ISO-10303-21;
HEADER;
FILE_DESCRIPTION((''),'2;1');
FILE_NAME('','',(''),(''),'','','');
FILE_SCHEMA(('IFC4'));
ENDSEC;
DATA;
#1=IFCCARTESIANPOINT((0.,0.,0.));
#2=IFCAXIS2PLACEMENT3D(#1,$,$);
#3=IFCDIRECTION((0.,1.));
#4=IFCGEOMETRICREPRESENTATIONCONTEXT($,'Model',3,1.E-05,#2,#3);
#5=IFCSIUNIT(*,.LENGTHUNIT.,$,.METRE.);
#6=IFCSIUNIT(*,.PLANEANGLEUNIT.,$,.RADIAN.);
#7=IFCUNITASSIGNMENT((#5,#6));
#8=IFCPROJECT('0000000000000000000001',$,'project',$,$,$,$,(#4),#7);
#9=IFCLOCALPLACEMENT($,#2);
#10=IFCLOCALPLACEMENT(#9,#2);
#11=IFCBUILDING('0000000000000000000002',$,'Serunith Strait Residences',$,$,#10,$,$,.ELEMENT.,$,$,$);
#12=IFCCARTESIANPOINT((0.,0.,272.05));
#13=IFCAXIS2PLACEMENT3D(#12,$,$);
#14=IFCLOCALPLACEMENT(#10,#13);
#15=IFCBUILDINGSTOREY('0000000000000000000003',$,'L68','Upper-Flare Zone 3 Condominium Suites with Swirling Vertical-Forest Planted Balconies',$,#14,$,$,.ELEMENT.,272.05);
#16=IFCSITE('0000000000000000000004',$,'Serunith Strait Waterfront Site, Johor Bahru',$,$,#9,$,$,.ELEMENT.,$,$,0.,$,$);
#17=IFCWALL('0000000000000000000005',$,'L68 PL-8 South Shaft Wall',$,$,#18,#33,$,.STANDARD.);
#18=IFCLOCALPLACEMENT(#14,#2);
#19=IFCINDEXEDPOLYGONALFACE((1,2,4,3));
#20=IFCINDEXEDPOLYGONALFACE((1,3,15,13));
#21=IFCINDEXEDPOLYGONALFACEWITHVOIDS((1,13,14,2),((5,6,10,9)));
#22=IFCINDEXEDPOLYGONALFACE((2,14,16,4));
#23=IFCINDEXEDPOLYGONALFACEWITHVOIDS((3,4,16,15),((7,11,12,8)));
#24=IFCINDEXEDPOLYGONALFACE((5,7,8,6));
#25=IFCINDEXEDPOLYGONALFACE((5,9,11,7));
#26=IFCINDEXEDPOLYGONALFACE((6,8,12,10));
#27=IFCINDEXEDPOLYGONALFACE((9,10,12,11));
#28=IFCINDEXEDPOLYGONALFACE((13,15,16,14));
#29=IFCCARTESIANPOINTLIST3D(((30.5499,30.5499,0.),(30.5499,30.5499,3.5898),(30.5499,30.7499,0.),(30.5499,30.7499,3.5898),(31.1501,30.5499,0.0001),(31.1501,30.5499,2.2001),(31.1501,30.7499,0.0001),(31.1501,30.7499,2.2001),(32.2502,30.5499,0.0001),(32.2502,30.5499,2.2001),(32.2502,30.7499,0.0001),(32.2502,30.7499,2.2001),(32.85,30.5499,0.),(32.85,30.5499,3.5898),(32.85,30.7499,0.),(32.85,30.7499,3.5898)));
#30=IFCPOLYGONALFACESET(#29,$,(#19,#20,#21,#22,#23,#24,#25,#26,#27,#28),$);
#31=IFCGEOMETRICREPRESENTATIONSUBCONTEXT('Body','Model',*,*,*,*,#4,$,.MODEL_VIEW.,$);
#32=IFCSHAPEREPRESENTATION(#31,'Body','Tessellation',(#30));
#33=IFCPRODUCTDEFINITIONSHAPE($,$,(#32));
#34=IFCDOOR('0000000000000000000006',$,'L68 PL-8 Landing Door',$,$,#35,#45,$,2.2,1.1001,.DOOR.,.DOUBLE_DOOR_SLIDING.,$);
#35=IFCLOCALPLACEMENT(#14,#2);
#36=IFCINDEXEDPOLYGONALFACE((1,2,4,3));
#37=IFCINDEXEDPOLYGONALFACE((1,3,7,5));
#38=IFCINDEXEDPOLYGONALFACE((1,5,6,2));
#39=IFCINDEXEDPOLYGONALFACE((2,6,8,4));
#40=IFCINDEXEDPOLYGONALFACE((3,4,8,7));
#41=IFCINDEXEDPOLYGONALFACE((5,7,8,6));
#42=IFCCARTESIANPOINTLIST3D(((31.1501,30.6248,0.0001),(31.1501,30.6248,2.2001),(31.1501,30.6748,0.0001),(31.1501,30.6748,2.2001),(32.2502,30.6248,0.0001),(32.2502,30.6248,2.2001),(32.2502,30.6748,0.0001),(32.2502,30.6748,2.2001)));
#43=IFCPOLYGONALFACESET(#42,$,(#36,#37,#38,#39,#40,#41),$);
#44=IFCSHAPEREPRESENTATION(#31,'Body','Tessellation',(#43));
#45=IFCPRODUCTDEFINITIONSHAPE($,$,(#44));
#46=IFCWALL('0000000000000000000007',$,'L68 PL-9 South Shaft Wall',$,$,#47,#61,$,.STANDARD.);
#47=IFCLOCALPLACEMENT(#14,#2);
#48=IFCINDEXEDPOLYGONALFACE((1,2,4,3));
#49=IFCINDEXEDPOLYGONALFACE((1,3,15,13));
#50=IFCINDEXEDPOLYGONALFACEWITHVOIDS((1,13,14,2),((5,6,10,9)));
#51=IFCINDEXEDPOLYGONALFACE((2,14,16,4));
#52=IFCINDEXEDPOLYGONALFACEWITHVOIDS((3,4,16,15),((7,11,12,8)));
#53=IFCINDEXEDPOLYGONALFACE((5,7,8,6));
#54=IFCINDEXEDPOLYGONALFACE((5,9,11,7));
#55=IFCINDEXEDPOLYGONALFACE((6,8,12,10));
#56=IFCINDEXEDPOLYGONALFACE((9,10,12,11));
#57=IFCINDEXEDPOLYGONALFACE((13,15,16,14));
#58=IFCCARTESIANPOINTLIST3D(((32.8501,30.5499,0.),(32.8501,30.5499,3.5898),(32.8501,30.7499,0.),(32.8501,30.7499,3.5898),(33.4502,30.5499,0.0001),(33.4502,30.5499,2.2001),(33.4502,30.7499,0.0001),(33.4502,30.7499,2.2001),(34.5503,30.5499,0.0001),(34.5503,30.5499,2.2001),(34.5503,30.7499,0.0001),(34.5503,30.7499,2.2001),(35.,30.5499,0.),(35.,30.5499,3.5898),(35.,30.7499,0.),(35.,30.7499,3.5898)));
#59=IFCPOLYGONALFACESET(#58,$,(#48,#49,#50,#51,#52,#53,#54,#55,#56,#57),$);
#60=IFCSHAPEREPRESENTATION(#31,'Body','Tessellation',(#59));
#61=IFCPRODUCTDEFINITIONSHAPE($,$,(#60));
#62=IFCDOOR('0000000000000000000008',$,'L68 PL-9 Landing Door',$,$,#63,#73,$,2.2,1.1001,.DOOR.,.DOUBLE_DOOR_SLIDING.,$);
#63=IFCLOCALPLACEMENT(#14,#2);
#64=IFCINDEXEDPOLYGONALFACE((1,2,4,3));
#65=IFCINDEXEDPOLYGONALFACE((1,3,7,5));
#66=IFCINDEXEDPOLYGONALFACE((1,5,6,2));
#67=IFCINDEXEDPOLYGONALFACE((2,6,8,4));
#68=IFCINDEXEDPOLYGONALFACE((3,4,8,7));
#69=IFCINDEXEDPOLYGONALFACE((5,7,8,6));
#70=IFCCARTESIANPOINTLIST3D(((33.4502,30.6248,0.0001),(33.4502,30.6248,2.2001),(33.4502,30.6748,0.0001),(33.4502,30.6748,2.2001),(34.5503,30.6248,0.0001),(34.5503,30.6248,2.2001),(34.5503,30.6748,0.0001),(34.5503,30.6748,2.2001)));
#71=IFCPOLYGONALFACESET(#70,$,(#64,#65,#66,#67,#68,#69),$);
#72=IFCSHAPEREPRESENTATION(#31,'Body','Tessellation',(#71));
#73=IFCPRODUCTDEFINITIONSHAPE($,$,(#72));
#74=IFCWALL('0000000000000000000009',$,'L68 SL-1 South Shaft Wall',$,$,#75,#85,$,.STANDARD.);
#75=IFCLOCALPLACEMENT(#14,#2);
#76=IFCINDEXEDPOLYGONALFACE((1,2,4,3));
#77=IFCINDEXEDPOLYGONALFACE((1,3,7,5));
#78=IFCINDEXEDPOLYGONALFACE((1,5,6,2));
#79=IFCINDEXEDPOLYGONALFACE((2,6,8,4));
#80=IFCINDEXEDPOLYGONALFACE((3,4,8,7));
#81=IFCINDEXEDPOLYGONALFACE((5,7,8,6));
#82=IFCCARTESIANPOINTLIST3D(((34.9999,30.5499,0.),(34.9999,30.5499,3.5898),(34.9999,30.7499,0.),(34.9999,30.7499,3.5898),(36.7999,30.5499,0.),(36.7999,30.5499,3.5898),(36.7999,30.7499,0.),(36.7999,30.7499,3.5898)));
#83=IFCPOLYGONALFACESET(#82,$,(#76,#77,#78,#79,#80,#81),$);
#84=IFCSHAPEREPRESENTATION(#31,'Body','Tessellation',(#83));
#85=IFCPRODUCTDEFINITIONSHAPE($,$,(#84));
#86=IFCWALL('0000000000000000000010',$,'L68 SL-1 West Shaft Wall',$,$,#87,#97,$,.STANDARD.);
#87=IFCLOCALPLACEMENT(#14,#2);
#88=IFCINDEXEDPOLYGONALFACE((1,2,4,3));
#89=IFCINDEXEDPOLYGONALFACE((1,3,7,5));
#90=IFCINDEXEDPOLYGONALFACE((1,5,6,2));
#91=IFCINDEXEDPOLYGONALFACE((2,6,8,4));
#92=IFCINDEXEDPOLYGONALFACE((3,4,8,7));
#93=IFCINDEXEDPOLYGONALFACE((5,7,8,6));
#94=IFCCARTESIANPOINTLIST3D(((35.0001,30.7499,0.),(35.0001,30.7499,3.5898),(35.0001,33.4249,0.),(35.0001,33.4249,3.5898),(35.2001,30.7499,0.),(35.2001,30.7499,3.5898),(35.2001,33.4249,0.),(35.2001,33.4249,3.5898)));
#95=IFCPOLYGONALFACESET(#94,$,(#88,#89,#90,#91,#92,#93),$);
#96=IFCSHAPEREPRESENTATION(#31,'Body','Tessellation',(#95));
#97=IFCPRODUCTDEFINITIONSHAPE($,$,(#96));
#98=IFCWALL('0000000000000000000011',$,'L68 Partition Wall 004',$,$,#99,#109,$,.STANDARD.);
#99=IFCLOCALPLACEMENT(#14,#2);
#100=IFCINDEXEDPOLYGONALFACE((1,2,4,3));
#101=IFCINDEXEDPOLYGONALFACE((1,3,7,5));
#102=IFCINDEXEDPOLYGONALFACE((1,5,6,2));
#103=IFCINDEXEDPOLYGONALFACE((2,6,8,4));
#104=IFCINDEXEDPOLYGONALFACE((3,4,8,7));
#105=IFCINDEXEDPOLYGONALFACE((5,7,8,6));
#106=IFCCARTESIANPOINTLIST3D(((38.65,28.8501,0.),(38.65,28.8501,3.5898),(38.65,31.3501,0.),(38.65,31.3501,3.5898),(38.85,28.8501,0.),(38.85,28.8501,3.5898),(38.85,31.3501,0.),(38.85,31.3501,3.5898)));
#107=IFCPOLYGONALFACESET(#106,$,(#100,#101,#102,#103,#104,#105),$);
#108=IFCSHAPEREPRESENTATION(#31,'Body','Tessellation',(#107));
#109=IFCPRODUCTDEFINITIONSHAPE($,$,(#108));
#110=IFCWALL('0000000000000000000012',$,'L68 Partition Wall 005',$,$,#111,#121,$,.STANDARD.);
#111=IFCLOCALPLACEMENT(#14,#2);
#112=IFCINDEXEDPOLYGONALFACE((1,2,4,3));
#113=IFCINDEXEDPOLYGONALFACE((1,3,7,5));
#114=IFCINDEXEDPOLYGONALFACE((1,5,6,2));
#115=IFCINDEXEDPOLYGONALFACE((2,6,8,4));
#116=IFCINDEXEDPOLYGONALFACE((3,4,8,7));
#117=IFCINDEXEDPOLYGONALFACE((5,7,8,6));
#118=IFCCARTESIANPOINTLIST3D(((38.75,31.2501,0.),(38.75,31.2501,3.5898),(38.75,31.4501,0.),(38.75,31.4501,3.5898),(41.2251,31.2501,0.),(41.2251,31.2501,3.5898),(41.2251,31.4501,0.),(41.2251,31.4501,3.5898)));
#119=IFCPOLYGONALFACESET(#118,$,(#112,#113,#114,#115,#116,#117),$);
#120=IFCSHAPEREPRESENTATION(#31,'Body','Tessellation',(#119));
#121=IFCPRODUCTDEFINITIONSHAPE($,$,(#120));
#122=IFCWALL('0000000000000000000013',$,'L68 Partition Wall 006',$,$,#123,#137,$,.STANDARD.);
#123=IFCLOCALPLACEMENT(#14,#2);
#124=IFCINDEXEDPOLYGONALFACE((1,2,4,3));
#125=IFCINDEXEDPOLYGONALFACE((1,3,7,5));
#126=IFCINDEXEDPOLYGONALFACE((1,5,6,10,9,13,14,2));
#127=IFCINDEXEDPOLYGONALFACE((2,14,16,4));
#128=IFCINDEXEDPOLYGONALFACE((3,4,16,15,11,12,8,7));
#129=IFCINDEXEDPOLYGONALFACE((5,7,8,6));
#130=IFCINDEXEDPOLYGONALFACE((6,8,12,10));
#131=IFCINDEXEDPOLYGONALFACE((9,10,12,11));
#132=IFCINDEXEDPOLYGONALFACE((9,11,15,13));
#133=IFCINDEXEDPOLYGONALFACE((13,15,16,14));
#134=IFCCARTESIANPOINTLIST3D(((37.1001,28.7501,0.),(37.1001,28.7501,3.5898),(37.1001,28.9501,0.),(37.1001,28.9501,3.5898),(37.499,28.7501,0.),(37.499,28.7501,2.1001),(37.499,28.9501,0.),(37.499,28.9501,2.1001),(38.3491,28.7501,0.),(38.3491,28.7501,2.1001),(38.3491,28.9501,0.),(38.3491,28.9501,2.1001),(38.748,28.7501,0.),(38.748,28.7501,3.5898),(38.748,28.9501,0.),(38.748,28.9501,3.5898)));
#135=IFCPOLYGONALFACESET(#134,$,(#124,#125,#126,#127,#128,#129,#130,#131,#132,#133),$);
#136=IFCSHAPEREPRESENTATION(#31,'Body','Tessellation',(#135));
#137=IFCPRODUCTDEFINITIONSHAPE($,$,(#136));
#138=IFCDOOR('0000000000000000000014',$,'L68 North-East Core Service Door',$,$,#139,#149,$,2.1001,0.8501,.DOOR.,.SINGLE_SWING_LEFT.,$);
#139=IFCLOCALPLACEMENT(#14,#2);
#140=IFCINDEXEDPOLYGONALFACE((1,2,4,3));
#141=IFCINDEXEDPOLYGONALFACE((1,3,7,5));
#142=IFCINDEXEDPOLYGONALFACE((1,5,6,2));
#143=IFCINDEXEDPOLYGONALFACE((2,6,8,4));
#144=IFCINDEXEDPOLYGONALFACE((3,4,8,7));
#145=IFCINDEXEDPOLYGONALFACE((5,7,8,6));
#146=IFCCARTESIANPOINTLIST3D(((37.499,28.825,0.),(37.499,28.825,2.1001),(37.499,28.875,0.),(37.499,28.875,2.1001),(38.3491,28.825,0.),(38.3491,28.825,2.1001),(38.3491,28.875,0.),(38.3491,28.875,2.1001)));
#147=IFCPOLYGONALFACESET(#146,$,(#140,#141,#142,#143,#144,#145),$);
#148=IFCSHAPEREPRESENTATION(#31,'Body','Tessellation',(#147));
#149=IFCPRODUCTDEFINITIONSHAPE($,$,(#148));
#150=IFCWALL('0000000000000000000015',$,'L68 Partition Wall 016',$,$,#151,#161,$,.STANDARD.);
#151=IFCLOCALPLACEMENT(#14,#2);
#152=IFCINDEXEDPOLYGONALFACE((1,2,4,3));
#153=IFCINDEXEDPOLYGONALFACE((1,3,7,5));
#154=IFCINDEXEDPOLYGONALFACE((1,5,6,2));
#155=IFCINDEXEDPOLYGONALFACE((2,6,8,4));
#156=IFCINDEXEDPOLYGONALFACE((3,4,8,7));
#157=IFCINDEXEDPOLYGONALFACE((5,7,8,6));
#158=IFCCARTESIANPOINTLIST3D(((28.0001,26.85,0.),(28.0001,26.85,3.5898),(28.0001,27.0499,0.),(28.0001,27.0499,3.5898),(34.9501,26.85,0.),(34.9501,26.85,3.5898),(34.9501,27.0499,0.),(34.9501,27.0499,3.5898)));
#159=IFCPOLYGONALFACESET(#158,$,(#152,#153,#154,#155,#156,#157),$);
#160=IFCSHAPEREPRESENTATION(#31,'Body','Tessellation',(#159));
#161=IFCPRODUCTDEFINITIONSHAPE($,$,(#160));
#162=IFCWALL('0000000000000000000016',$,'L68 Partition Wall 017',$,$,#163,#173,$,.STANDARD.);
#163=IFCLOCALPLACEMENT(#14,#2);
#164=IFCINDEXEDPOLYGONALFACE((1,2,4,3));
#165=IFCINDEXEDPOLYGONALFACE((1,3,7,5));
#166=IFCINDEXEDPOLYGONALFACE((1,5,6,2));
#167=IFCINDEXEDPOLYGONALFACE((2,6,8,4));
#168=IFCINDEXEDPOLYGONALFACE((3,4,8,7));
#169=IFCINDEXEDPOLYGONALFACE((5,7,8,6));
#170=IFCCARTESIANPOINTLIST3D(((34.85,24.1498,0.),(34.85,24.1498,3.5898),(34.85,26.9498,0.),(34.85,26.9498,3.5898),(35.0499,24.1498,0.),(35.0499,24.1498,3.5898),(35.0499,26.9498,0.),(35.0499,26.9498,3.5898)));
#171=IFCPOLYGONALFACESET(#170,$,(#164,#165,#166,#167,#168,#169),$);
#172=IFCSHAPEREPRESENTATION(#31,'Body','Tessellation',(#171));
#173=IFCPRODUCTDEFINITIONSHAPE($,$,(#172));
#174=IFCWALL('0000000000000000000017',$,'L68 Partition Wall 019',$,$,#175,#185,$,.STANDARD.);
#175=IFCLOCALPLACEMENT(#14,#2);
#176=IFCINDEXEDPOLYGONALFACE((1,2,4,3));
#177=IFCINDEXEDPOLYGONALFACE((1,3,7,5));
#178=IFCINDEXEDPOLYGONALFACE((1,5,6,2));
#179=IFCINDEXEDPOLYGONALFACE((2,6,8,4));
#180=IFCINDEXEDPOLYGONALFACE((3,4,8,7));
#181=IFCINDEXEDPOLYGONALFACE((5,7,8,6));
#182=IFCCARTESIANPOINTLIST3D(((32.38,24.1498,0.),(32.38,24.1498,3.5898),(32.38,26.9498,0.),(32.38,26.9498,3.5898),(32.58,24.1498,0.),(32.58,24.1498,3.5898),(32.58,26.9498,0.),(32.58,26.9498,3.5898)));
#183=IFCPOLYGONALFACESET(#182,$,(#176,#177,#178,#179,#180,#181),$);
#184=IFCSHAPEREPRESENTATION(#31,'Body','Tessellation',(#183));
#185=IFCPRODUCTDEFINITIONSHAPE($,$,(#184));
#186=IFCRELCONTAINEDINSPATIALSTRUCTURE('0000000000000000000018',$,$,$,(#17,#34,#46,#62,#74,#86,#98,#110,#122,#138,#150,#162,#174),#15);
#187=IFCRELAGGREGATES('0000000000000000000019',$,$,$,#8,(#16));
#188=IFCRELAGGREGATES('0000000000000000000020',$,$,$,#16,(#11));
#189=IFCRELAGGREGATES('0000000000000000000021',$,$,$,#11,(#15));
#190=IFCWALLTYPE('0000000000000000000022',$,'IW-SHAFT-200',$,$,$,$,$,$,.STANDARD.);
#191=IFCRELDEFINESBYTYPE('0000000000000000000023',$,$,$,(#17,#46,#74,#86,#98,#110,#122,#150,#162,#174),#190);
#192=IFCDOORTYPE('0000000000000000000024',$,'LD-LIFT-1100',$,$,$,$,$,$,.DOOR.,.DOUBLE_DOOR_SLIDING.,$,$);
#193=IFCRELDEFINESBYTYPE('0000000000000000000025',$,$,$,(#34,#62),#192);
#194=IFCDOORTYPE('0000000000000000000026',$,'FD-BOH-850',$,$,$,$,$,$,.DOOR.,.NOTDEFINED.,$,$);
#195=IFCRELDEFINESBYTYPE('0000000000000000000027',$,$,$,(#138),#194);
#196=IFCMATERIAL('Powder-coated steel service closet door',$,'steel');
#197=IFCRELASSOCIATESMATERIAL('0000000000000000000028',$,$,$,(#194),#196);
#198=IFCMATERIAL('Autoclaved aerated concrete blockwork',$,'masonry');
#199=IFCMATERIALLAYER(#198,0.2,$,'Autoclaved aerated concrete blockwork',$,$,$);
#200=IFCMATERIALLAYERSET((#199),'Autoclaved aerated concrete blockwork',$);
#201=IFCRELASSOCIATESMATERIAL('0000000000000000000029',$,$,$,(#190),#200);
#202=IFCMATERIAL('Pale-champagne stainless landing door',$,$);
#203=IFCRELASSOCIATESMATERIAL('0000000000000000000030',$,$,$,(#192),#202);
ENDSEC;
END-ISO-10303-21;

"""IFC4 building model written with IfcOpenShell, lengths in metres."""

from ifc_helpers import new_model, si_unit, direction, frame, frame_2d, origin, place, context, subcontext, project, spatial, rectangle, extrude, source, transform, mapped, material, layer, layer_set, type_object, element, fill, save


model = new_model("IFC4")

# Units and contexts
model_context = context("Model", 3, precision=1e-05, world=origin(), true_north=direction((0.0, 1.0)))
body_context = subcontext(model_context, "Body", "Model", "MODEL_VIEW")
ifc_project = project(units=[si_unit("LENGTHUNIT", "METRE"), si_unit("PLANEANGLEUNIT", "RADIAN")], contexts=[model_context])

# Site, building, storey
site_placement = place(None, origin())
site = spatial("IfcSite", under=ifc_project, at=site_placement, Name="Serunith Strait Waterfront Site, Johor Bahru", CompositionType="ELEMENT", RefElevation=0.0)
building_placement = place(site_placement, origin())
building = spatial("IfcBuilding", under=site, at=building_placement, Name="Serunith Strait Residences", CompositionType="ELEMENT")
storey_placement = place(building_placement, frame((0.0, 0.0, 272.05)))
storey = spatial("IfcBuildingStorey", under=building, at=storey_placement, Name="L68", Description="Upper-Flare Zone 3 Condominium Suites with Swirling Vertical-Forest Planted Balconies", CompositionType="ELEMENT", Elevation=272.05)

# Shared definitions
ifc_material_1 = material(Name="Powder-coated steel service closet door", Category="steel")
door_type_1 = type_object("IfcDoorType", Name="FD-BOH-850", OperationType="NOTDEFINED", PredefinedType="DOOR", material=ifc_material_1)
shared_shape_1 = source(origin(), body_context, "Body", "SweptSolid", [
    extrude(rectangle(XDim=0.8501, YDim=2.1001, at=frame_2d((0.425, 1.05))), frame((0.0, 0.0249, 0.0), z_axis=(0.0, -1.0, 0.0), x_axis=(1.0, 0.0, 0.0)), (0.0, 0.0, 1.0), 0.05),
])

# Walls, openings, doors
ifc_material_2 = material(Name="Autoclaved aerated concrete blockwork", Category="masonry")
ifc_layer_1 = layer(ifc_material_2, 0.2, Name="Autoclaved aerated concrete blockwork")
ifc_layer_set_1 = layer_set([ifc_layer_1], Name="Autoclaved aerated concrete blockwork")
wall_type_1 = type_object("IfcWallType", Name="IW-SHAFT-200", PredefinedType="STANDARD", material=ifc_layer_set_1)
wall_1_placement = place(storey_placement, frame((30.55, 30.6499, 0.0), z_axis=(0.0, 0.0, 1.0), x_axis=(1.0, 0.0, 0.0)))
wall_1 = element("IfcWall", 1, at=wall_1_placement, inside=storey, type_object=wall_type_1, Name="L68 PL-8 South Shaft Wall", PredefinedType="STANDARD", context=body_context, shape_type="SweptSolid", body=[
    extrude(rectangle(XDim=2.3, YDim=0.2, at=frame_2d((1.1499, 0.0))), origin(), (0.0, 0.0, 1.0), 3.5898),
])
opening_1_placement = place(wall_1_placement, frame((0.6001, 0.0, 0.0)))
opening_1 = element("IfcOpeningElement", 2, at=opening_1_placement, cuts=wall_1, PredefinedType="OPENING", context=body_context, shape_type="SweptSolid", body=[
    extrude(rectangle(XDim=1.1001, YDim=2.2, at=frame_2d((0.55, 1.1001))), frame((0.0, 0.1099, 0.0), z_axis=(0.0, -1.0, 0.0), x_axis=(1.0, 0.0, 0.0)), (0.0, 0.0, 1.0), 0.22),
])
ifc_material_3 = material(Name="Pale-champagne stainless landing door")
door_type_2 = type_object("IfcDoorType", Name="LD-LIFT-1100", OperationType="DOUBLE_DOOR_SLIDING", PredefinedType="DOOR", material=ifc_material_3)
shared_shape_2 = source(origin(), body_context, "Body", "SweptSolid", [
    extrude(rectangle(XDim=1.1001, YDim=2.2, at=frame_2d((0.55, 1.1001))), frame((0.0, 0.0249, 0.0), z_axis=(0.0, -1.0, 0.0), x_axis=(1.0, 0.0, 0.0)), (0.0, 0.0, 1.0), 0.05),
])
door_1_placement = place(opening_1_placement, origin())
door_1 = element("IfcDoor", 3, at=door_1_placement, inside=storey, type_object=door_type_2, Name="L68 PL-8 Landing Door", OperationType="DOUBLE_DOOR_SLIDING", OverallHeight=2.2, OverallWidth=1.1001, PredefinedType="DOOR", context=body_context, shape_type="MappedRepresentation", body=[
    mapped(shared_shape_2, transform((0.0, 0.0, 0.0), scale=1.0)),
])
fill(opening_1, door_1)
wall_2_placement = place(storey_placement, frame((32.8501, 30.6499, 0.0), z_axis=(0.0, 0.0, 1.0), x_axis=(1.0, 0.0, 0.0)))
wall_2 = element("IfcWall", 4, at=wall_2_placement, inside=storey, type_object=wall_type_1, Name="L68 PL-9 South Shaft Wall", PredefinedType="STANDARD", context=body_context, shape_type="SweptSolid", body=[
    extrude(rectangle(XDim=2.1499, YDim=0.2, at=frame_2d((1.075, 0.0))), origin(), (0.0, 0.0, 1.0), 3.5898),
])
opening_2_placement = place(wall_2_placement, frame((0.6001, 0.0, 0.0)))
opening_2 = element("IfcOpeningElement", 5, at=opening_2_placement, cuts=wall_2, PredefinedType="OPENING", context=body_context, shape_type="SweptSolid", body=[
    extrude(rectangle(XDim=1.1001, YDim=2.2, at=frame_2d((0.55, 1.1001))), frame((0.0, 0.1099, 0.0), z_axis=(0.0, -1.0, 0.0), x_axis=(1.0, 0.0, 0.0)), (0.0, 0.0, 1.0), 0.22),
])
door_2_placement = place(opening_2_placement, origin())
door_2 = element("IfcDoor", 6, at=door_2_placement, inside=storey, type_object=door_type_2, Name="L68 PL-9 Landing Door", OperationType="DOUBLE_DOOR_SLIDING", OverallHeight=2.2, OverallWidth=1.1001, PredefinedType="DOOR", context=body_context, shape_type="MappedRepresentation", body=[
    mapped(shared_shape_2, transform((0.0, 0.0, 0.0), scale=1.0)),
])
fill(opening_2, door_2)

# Walls
wall_3_placement = place(storey_placement, frame((35.0, 30.6499, 0.0), z_axis=(0.0, 0.0, 1.0), x_axis=(1.0, 0.0, 0.0)))
element("IfcWall", 7, at=wall_3_placement, inside=storey, type_object=wall_type_1, Name="L68 SL-1 South Shaft Wall", PredefinedType="STANDARD", context=body_context, shape_type="SweptSolid", body=[
    extrude(rectangle(XDim=1.8, YDim=0.2, at=frame_2d((0.8999, 0.0))), origin(), (0.0, 0.0, 1.0), 3.5898),
])
wall_4_placement = place(storey_placement, frame((35.1001, 30.75, 0.0), z_axis=(0.0, 0.0, 1.0), x_axis=(0.0, 1.0, 0.0)))
element("IfcWall", 8, at=wall_4_placement, inside=storey, type_object=wall_type_1, Name="L68 SL-1 West Shaft Wall", PredefinedType="STANDARD", context=body_context, shape_type="SweptSolid", body=[
    extrude(rectangle(XDim=2.675, YDim=0.2, at=frame_2d((1.3374, 0.0))), origin(), (0.0, 0.0, 1.0), 3.5898),
])
wall_5_placement = place(storey_placement, frame((38.75, 28.8501, 0.0), z_axis=(0.0, 0.0, 1.0), x_axis=(0.0, 1.0, 0.0)))
element("IfcWall", 9, at=wall_5_placement, inside=storey, type_object=wall_type_1, Name="L68 Partition Wall 004", PredefinedType="STANDARD", context=body_context, shape_type="SweptSolid", body=[
    extrude(rectangle(XDim=2.5, YDim=0.2, at=frame_2d((1.25, 0.0))), origin(), (0.0, 0.0, 1.0), 3.5898),
])
wall_6_placement = place(storey_placement, frame((38.75, 31.3501, 0.0), z_axis=(0.0, 0.0, 1.0), x_axis=(1.0, 0.0, 0.0)))
element("IfcWall", 10, at=wall_6_placement, inside=storey, type_object=wall_type_1, Name="L68 Partition Wall 005", PredefinedType="STANDARD", context=body_context, shape_type="SweptSolid", body=[
    extrude(rectangle(XDim=2.4751, YDim=0.2, at=frame_2d((1.2375, 0.0))), origin(), (0.0, 0.0, 1.0), 3.5898),
])

# Wall, opening, door
wall_7_placement = place(storey_placement, frame((37.1001, 28.8501, 0.0), z_axis=(0.0, 0.0, 1.0), x_axis=(1.0, 0.0, 0.0)))
wall_7 = element("IfcWall", 11, at=wall_7_placement, inside=storey, type_object=wall_type_1, Name="L68 Partition Wall 006", PredefinedType="STANDARD", context=body_context, shape_type="SweptSolid", body=[
    extrude(rectangle(XDim=1.6479, YDim=0.2, at=frame_2d((0.824, 0.0))), origin(), (0.0, 0.0, 1.0), 3.5898),
])
opening_3_placement = place(wall_7_placement, frame((0.3989, 0.0, 0.0)))
opening_3 = element("IfcOpeningElement", 12, at=opening_3_placement, cuts=wall_7, PredefinedType="OPENING", context=body_context, shape_type="SweptSolid", body=[
    extrude(rectangle(XDim=0.8501, YDim=2.1001, at=frame_2d((0.425, 1.05))), frame((0.0, 0.1099, 0.0), z_axis=(0.0, -1.0, 0.0), x_axis=(1.0, 0.0, 0.0)), (0.0, 0.0, 1.0), 0.22),
])
door_3_placement = place(opening_3_placement, origin())
door_3 = element("IfcDoor", 13, at=door_3_placement, inside=storey, type_object=door_type_1, Name="L68 North-East Core Service Door", OperationType="SINGLE_SWING_LEFT", OverallHeight=2.1001, OverallWidth=0.8501, PredefinedType="DOOR", context=body_context, shape_type="MappedRepresentation", body=[
    mapped(shared_shape_1, transform((0.0, 0.0, 0.0), scale=1.0)),
])
fill(opening_3, door_3)

# Walls
wall_8_placement = place(storey_placement, frame((28.0, 26.95, 0.0), z_axis=(0.0, 0.0, 1.0), x_axis=(1.0, 0.0, 0.0)))
element("IfcWall", 14, at=wall_8_placement, inside=storey, type_object=wall_type_1, Name="L68 Partition Wall 016", PredefinedType="STANDARD", context=body_context, shape_type="SweptSolid", body=[
    extrude(rectangle(XDim=6.95, YDim=0.2, at=frame_2d((3.4751, 0.0))), origin(), (0.0, 0.0, 1.0), 3.5898),
])
for number, where, z_axis, x_axis, name in (
    (15, (34.95, 24.1499, 0.0), (0.0, 0.0, 1.0), (0.0, 1.0, 0.0), "L68 Partition Wall 017"),
    (16, (32.48, 24.1499, 0.0), (0.0, 0.0, 1.0), (0.0, 1.0, 0.0), "L68 Partition Wall 019"),
):
    element("IfcWall", number, at=place(storey_placement, frame(where, z_axis=z_axis, x_axis=x_axis)), inside=storey, type_object=wall_type_1, Name=name, PredefinedType="STANDARD", context=body_context, shape_type="SweptSolid", body=[
        extrude(rectangle(XDim=2.8, YDim=0.2, at=frame_2d((1.3999, 0.0))), origin(), (0.0, 0.0, 1.0), 3.5898),
    ])

save(model, "model.ifc")
